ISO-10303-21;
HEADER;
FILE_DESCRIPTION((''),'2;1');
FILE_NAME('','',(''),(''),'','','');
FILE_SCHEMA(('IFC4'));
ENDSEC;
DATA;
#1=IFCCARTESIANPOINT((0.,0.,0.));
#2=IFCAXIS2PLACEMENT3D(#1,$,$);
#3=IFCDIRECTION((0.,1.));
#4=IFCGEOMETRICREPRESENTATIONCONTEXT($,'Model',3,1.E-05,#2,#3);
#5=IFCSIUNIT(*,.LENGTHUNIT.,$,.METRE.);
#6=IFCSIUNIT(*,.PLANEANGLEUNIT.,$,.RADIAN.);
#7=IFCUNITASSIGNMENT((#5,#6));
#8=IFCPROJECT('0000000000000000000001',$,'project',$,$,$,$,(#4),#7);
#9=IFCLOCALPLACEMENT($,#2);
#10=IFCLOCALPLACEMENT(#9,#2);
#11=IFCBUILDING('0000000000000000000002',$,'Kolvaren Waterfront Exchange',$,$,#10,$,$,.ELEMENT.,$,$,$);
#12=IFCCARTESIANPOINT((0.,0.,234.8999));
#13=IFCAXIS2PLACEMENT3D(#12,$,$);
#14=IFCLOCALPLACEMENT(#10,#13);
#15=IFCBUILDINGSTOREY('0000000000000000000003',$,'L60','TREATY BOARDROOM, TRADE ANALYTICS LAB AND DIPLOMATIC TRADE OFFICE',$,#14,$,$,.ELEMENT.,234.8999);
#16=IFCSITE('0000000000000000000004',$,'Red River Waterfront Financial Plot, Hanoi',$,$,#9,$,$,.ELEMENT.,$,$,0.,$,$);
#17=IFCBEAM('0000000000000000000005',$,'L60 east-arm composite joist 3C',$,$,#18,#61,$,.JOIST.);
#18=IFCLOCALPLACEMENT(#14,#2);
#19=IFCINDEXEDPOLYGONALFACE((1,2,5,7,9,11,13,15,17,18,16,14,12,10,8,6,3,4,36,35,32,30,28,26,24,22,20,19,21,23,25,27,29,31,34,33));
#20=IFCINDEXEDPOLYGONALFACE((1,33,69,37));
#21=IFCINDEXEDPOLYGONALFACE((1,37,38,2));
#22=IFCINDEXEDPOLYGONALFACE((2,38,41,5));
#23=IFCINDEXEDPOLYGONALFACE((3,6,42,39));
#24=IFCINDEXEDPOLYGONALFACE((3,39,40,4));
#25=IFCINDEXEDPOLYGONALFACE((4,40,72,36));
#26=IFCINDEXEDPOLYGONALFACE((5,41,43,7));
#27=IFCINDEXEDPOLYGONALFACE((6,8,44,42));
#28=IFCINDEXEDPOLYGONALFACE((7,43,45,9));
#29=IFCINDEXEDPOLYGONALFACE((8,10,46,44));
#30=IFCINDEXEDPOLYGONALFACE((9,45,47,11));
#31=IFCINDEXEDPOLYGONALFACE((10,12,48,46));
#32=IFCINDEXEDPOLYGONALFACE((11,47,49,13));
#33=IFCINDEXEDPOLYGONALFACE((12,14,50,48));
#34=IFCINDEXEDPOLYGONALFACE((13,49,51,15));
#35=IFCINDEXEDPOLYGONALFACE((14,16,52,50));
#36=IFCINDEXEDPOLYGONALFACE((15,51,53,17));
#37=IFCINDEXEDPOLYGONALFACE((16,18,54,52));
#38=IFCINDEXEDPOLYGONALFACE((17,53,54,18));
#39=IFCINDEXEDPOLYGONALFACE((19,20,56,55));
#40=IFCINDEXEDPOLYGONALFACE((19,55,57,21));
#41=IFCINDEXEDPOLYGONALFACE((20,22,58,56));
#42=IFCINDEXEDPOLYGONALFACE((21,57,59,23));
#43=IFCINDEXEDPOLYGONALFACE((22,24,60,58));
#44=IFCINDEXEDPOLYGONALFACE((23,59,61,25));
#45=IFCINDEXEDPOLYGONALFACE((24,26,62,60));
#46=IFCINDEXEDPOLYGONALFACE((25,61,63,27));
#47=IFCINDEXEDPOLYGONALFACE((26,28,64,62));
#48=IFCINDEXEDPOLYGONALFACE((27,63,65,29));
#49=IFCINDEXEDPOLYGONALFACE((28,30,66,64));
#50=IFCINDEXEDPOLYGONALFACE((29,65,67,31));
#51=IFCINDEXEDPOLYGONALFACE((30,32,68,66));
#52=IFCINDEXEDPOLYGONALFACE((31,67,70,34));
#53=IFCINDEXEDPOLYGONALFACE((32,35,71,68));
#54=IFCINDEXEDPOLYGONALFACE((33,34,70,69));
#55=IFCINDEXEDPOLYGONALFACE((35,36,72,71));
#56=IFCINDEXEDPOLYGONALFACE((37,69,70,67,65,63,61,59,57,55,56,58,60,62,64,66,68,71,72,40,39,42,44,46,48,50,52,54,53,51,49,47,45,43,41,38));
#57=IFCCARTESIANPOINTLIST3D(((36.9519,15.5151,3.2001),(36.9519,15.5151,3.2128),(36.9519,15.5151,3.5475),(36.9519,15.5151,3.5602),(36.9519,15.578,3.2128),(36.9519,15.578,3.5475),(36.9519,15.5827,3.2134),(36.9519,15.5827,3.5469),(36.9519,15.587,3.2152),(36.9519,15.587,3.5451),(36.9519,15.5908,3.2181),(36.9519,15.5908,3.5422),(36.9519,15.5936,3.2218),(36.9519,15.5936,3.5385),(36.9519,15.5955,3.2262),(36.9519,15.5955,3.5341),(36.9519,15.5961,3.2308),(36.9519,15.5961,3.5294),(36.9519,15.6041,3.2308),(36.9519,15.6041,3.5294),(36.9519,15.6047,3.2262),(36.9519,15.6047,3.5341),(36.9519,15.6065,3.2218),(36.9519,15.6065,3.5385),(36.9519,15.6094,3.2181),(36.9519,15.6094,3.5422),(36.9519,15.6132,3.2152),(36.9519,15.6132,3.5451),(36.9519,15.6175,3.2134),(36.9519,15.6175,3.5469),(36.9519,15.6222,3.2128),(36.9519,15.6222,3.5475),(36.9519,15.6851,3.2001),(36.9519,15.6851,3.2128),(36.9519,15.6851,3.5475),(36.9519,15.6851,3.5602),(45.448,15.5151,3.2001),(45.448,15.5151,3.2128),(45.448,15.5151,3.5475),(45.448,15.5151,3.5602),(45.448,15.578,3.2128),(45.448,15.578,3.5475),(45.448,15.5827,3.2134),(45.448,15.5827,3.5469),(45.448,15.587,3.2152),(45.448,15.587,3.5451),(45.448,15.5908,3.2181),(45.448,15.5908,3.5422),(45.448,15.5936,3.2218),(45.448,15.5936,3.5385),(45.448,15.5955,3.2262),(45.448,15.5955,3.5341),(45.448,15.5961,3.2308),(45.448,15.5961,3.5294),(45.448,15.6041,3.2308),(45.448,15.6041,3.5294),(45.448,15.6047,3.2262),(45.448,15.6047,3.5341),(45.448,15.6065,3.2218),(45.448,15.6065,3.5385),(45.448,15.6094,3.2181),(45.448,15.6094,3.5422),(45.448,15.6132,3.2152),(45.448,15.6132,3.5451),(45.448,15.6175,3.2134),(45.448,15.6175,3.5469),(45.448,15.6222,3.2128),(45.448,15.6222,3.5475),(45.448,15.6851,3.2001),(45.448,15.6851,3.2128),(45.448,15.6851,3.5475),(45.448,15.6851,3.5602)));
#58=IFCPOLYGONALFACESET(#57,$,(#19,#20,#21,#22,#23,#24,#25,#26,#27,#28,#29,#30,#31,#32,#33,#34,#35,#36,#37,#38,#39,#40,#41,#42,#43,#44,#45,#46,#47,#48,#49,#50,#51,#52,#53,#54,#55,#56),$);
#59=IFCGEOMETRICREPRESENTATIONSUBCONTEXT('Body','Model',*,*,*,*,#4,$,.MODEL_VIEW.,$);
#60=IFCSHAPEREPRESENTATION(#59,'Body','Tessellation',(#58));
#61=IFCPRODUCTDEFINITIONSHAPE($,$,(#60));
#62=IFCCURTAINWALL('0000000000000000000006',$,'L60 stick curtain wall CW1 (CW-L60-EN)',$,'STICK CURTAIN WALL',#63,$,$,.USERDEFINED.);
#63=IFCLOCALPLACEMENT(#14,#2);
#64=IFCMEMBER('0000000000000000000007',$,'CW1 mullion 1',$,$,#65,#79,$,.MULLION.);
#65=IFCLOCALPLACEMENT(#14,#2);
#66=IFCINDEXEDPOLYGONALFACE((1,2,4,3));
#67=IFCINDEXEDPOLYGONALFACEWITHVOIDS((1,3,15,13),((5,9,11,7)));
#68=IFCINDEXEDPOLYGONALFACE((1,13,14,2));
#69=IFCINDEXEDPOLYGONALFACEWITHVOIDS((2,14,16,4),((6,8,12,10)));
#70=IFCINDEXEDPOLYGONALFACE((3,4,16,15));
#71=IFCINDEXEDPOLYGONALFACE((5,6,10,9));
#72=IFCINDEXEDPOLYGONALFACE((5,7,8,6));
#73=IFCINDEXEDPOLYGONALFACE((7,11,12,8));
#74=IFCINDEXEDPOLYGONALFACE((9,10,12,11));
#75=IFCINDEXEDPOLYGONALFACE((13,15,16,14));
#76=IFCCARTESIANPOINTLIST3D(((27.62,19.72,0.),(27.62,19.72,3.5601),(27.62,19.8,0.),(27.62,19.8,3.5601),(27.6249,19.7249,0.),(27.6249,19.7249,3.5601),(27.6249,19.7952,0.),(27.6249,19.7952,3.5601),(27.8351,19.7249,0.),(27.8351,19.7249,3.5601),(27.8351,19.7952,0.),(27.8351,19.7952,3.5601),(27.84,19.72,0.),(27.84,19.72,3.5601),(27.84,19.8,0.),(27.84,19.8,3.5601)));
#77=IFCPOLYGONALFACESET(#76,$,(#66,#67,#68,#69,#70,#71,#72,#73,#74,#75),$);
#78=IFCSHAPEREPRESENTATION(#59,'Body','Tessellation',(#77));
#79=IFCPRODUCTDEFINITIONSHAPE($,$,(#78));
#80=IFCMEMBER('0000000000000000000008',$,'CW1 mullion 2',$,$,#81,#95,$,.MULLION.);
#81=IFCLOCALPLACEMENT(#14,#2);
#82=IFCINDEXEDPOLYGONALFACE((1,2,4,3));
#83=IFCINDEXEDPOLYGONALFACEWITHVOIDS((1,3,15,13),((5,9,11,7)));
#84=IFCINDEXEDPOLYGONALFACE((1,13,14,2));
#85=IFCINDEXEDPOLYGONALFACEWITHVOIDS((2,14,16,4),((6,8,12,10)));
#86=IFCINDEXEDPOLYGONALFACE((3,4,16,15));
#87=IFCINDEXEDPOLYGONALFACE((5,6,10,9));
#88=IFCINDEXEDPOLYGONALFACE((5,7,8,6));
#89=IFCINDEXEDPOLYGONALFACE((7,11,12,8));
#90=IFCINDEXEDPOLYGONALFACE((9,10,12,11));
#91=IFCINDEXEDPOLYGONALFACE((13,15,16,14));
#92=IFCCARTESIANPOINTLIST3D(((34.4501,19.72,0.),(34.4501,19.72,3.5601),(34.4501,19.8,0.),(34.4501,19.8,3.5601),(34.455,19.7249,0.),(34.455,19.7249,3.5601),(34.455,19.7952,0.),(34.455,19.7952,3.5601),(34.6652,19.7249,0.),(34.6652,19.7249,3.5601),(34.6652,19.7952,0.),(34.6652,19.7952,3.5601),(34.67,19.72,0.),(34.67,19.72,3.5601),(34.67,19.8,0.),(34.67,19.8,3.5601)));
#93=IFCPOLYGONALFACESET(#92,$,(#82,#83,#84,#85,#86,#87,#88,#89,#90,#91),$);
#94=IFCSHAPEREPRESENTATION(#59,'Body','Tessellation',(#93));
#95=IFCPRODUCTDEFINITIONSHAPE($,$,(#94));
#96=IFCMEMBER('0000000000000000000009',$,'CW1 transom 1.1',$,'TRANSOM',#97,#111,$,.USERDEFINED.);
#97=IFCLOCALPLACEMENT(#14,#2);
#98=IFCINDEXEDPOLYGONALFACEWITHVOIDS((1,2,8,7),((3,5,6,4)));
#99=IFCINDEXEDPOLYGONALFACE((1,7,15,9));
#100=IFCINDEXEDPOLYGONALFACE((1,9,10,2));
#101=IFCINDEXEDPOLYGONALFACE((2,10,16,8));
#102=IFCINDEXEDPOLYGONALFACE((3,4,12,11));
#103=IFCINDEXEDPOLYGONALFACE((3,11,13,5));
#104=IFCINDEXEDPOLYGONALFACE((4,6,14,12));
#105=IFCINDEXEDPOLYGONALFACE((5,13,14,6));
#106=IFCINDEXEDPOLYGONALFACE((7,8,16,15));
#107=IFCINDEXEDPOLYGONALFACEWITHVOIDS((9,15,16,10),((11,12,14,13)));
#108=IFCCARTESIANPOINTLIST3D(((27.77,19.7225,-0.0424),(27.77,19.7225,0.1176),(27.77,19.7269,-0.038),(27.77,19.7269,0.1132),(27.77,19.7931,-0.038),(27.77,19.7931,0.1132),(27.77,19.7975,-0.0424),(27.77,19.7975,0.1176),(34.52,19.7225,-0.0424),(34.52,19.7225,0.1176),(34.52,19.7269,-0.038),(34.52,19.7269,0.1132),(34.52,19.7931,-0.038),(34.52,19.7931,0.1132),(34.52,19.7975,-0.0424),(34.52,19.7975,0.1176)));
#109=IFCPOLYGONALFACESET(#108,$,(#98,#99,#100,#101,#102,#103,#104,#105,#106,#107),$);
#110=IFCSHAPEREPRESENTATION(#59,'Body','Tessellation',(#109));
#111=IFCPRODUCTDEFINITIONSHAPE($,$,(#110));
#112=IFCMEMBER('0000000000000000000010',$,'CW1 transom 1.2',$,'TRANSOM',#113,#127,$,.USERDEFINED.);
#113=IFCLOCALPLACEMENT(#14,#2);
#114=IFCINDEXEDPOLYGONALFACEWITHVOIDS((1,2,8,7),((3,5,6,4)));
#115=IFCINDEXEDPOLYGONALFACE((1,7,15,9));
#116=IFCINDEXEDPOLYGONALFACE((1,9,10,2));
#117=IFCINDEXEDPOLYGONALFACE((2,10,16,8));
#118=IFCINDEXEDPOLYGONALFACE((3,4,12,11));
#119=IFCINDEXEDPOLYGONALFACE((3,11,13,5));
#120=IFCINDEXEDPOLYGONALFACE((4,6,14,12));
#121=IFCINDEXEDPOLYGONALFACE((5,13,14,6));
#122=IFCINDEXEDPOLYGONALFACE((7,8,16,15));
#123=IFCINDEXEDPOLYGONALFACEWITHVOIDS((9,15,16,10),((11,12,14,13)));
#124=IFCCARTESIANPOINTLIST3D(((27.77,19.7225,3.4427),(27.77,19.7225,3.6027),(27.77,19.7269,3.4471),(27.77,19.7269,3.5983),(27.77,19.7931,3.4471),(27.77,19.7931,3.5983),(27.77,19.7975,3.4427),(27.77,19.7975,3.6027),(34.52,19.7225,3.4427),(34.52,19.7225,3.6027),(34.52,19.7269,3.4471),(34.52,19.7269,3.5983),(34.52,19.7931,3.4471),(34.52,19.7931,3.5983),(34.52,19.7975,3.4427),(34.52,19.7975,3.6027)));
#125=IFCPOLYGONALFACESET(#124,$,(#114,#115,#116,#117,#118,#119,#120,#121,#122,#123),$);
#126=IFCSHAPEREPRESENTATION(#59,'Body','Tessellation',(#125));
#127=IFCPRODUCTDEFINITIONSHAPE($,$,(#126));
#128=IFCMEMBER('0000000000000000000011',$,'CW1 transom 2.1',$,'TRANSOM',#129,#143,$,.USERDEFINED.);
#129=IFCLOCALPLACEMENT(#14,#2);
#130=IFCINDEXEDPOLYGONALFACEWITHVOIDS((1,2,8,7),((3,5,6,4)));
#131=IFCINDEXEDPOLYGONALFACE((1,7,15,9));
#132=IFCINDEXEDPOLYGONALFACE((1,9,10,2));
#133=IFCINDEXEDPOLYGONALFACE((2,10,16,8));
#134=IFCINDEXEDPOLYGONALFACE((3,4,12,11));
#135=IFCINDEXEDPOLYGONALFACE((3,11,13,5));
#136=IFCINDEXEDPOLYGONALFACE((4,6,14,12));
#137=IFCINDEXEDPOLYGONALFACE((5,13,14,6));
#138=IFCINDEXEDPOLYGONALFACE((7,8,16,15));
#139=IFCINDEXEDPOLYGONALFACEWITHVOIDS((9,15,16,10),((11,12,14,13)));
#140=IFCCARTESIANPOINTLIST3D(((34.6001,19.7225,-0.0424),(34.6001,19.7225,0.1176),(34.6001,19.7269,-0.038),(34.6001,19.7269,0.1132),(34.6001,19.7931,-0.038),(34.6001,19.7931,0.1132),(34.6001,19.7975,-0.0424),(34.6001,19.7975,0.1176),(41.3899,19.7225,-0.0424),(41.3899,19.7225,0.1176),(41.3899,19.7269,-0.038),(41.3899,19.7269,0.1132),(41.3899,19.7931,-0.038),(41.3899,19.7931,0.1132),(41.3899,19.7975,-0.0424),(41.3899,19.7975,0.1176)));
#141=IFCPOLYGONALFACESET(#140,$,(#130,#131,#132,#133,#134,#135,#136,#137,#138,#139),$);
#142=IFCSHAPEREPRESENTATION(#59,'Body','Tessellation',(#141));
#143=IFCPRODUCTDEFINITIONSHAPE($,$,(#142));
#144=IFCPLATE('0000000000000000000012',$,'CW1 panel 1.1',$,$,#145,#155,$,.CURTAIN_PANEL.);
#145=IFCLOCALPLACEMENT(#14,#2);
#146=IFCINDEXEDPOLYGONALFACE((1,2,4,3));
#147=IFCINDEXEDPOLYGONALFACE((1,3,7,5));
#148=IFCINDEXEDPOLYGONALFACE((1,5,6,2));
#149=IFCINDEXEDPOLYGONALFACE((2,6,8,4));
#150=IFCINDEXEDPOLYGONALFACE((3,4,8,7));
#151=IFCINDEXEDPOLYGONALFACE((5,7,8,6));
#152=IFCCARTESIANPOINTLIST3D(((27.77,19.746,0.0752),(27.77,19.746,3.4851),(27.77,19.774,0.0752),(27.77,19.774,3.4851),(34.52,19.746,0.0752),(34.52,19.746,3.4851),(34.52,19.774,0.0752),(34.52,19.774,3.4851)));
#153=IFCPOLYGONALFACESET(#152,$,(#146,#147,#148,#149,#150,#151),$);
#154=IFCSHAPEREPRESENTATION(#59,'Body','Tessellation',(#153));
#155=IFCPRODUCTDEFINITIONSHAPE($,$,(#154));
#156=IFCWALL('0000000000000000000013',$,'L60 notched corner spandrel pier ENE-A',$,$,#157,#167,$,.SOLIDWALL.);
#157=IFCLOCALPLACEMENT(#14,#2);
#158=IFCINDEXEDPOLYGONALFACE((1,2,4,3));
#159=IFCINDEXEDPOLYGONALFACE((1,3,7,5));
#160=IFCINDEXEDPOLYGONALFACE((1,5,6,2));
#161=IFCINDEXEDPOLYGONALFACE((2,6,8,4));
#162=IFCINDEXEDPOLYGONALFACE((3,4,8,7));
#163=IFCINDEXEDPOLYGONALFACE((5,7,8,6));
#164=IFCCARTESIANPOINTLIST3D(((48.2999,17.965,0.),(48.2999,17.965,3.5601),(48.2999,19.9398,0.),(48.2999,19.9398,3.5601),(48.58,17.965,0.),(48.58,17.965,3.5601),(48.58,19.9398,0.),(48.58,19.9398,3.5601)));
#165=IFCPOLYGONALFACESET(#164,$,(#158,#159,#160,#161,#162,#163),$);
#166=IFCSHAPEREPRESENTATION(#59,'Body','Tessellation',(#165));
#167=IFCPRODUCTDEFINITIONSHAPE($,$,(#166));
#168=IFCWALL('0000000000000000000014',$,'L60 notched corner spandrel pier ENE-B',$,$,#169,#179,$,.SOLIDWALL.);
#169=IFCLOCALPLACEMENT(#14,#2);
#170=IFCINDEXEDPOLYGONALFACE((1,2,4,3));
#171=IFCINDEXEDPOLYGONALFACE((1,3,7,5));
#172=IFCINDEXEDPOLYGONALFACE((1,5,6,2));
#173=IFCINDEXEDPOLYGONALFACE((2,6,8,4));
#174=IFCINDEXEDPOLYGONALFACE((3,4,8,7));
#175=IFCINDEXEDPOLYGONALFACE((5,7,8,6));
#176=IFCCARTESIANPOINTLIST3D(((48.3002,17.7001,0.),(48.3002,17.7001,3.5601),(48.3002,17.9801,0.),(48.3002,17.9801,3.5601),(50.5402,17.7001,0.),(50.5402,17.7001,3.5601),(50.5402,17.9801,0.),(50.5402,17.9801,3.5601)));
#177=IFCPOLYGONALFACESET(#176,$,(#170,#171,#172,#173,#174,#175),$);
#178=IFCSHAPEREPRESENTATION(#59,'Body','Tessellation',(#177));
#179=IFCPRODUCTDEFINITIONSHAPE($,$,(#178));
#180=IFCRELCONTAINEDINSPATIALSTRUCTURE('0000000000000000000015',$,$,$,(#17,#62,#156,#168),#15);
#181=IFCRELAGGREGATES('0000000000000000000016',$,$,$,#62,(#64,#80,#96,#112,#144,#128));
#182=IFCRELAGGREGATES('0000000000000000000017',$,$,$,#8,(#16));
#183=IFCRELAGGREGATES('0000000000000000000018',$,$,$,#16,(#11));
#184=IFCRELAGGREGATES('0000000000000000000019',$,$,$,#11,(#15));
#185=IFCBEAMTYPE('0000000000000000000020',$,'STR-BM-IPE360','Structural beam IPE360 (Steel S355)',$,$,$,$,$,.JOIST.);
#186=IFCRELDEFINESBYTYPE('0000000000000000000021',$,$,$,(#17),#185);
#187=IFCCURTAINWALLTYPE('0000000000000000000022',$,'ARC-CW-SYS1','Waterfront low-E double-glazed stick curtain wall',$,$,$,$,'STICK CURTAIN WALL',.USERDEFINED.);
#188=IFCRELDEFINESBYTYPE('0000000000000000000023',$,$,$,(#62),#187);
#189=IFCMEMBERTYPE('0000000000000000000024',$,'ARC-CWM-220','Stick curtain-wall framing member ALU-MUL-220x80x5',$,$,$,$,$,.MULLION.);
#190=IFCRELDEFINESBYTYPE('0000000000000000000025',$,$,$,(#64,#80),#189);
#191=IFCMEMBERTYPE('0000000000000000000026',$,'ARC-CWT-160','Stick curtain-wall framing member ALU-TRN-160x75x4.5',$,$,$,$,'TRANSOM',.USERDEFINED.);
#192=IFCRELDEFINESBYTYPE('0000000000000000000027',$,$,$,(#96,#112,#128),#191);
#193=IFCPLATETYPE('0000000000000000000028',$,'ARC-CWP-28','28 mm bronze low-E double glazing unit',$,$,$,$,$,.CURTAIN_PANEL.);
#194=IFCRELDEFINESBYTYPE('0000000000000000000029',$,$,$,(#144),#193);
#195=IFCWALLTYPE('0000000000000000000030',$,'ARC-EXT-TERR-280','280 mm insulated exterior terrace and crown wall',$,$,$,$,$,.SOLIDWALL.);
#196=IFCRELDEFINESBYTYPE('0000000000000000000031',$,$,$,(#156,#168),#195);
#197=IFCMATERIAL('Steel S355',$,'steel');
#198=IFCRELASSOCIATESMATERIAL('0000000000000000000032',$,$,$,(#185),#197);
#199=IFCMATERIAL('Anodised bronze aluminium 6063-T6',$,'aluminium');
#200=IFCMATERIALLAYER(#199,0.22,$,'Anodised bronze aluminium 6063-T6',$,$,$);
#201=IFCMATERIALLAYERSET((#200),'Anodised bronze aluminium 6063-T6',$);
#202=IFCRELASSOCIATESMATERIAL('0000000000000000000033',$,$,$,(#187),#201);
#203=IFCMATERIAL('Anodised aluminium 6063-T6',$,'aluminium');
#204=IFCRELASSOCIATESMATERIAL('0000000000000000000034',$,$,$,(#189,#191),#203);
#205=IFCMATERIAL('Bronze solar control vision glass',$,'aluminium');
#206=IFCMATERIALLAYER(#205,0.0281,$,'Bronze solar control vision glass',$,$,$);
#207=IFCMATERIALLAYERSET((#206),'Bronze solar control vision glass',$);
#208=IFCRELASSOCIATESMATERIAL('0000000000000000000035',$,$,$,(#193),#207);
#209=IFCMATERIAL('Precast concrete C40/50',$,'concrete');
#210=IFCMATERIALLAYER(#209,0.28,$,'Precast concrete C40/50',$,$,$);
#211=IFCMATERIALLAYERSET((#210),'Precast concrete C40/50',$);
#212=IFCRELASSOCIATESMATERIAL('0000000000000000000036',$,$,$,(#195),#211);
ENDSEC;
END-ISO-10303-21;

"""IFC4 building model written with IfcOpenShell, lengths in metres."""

from ifc_helpers import new_model, si_unit, direction, frame, frame_2d, origin, origin_with_axes, origin_2d, place, context, subcontext, project, spatial, rectangle, hollow_rectangle, i_section, extrude, source, transform, mapped, material, layer, layer_set, material_profile, profile_set, type_object, element, aggregate, save


model = new_model("IFC4")

# Units and contexts
model_context = context("Model", 3, precision=1e-05, world=origin(), true_north=direction((0.0, 1.0)))
body_context = subcontext(model_context, "Body", "Model", "MODEL_VIEW")
ifc_project = project(units=[si_unit("LENGTHUNIT", "METRE"), si_unit("PLANEANGLEUNIT", "RADIAN")], contexts=[model_context])

# Site, building, storey
site_placement = place(None, origin())
site = spatial("IfcSite", under=ifc_project, at=site_placement, Name="Red River Waterfront Financial Plot, Hanoi", CompositionType="ELEMENT", RefElevation=0.0)
building_placement = place(site_placement, origin())
building = spatial("IfcBuilding", under=site, at=building_placement, Name="Kolvaren Waterfront Exchange", CompositionType="ELEMENT")
storey_placement = place(building_placement, frame((0.0, 0.0, 234.8999)))
storey = spatial("IfcBuildingStorey", under=building, at=storey_placement, Name="L60", Description="TREATY BOARDROOM, TRADE ANALYTICS LAB AND DIPLOMATIC TRADE OFFICE", CompositionType="ELEMENT", Elevation=234.8999)

# Beam
ifc_material_1 = material(Name="Steel S355", Category="steel")
ifc_material_profile_1 = material_profile(ifc_material_1, i_section(OverallWidth=0.1699, OverallDepth=0.3601, WebThickness=0.0081, FlangeThickness=0.0127, FilletRadius=0.0181, at=origin_2d()), Name="IPE360")
ifc_profile_set_1 = profile_set([ifc_material_profile_1], Name="Steel S355")
beam_type_1 = type_object("IfcBeamType", Name="STR-BM-IPE360", Description="Structural beam IPE360 (Steel S355)", PredefinedType="JOIST", material=ifc_profile_set_1)
for number, where, z_axis, x_axis, name in (
    (1, (36.9519, 15.6001, 3.3801), (1.0, 0.0, 0.0), (0.0, 1.0, 0.0), "L60 east-arm composite joist 3C"),
):
    element("IfcBeam", number, at=place(storey_placement, frame(where, z_axis=z_axis, x_axis=x_axis)), inside=storey, type_object=beam_type_1, Name=name, PredefinedType="JOIST", context=body_context, shape_type="SweptSolid", body=[
        extrude(i_section(OverallWidth=0.1699, OverallDepth=0.3601, WebThickness=0.0081, FlangeThickness=0.0127, FilletRadius=0.0181, at=origin_2d()), origin(), (0.0, 0.0, 1.0), 8.4961),
    ])

# Curtain wall, members, plate
ifc_material_2 = material(Name="Anodised bronze aluminium 6063-T6", Category="aluminium")
ifc_layer_1 = layer(ifc_material_2, 0.22, Name="Anodised bronze aluminium 6063-T6")
ifc_layer_set_1 = layer_set([ifc_layer_1], Name="Anodised bronze aluminium 6063-T6")
curtain_wall_type = type_object("IfcCurtainWallType", Name="ARC-CW-SYS1", Description="Waterfront low-E double-glazed stick curtain wall", ElementType="STICK CURTAIN WALL", PredefinedType="USERDEFINED", material=ifc_layer_set_1)
curtain_wall_placement = place(storey_placement, origin())
curtain_wall = element("IfcCurtainWall", 2, at=curtain_wall_placement, inside=storey, type_object=curtain_wall_type, Name="L60 stick curtain wall CW1 (CW-L60-EN)", ObjectType="STICK CURTAIN WALL", PredefinedType="USERDEFINED")
ifc_material_3 = material(Name="Anodised aluminium 6063-T6", Category="aluminium")
ifc_material_profile_2 = material_profile(ifc_material_3, hollow_rectangle(XDim=0.0801, YDim=0.22, WallThickness=0.0049, at=origin_2d()), Name="ALU-MUL-220x80x5")
ifc_profile_set_2 = profile_set([ifc_material_profile_2], Name="Anodised aluminium 6063-T6")
member_type_1 = type_object("IfcMemberType", Name="ARC-CWM-220", Description="Stick curtain-wall framing member ALU-MUL-220x80x5", PredefinedType="MULLION", material=ifc_profile_set_2)
shared_shape_1 = source(origin_with_axes(), body_context, "Body", "SweptSolid", [
    extrude(hollow_rectangle(XDim=0.0801, YDim=0.22, WallThickness=0.0049, at=origin_2d()), origin(), (0.0, 0.0, 1.0), 3.5601),
])
member_1_placement = place(storey_placement, frame((27.73, 19.76, 0.0), z_axis=(0.0, 0.0, 1.0), x_axis=(0.0, 1.0, 0.0)))
member_1 = element("IfcMember", 3, at=member_1_placement, type_object=member_type_1, Name="CW1 mullion 1", PredefinedType="MULLION", context=body_context, shape_type="MappedRepresentation", body=[
    mapped(shared_shape_1, transform((0.0, 0.0, 0.0), x_axis=(1.0, 0.0, 0.0), y_axis=(0.0, 1.0, 0.0), z_axis=(0.0, 0.0, 1.0), scale=1.0)),
])
member_2_placement = place(storey_placement, frame((34.5601, 19.76, 0.0), z_axis=(0.0, 0.0, 1.0), x_axis=(0.0, 1.0, 0.0)))
member_2 = element("IfcMember", 4, at=member_2_placement, type_object=member_type_1, Name="CW1 mullion 2", PredefinedType="MULLION", context=body_context, shape_type="MappedRepresentation", body=[
    mapped(shared_shape_1, transform((0.0, 0.0, 0.0), x_axis=(1.0, 0.0, 0.0), y_axis=(0.0, 1.0, 0.0), z_axis=(0.0, 0.0, 1.0), scale=1.0)),
])
ifc_material_profile_3 = material_profile(ifc_material_3, hollow_rectangle(XDim=0.075, YDim=0.1599, WallThickness=0.0044, at=origin_2d()), Name="ALU-TRN-160x75x4.5")
ifc_profile_set_3 = profile_set([ifc_material_profile_3], Name="Anodised aluminium 6063-T6")
member_type_2 = type_object("IfcMemberType", Name="ARC-CWT-160", Description="Stick curtain-wall framing member ALU-TRN-160x75x4.5", ElementType="TRANSOM", PredefinedType="USERDEFINED", material=ifc_profile_set_3)
shared_shape_2 = source(origin_with_axes(), body_context, "Body", "SweptSolid", [
    extrude(hollow_rectangle(XDim=0.075, YDim=0.1599, WallThickness=0.0044, at=origin_2d()), origin(), (0.0, 0.0, 1.0), 6.75),
])
member_3_placement = place(storey_placement, frame((27.77, 19.76, 0.0376), z_axis=(1.0, 0.0, 0.0), x_axis=(0.0, 1.0, 0.0)))
member_3 = element("IfcMember", 5, at=member_3_placement, type_object=member_type_2, Name="CW1 transom 1.1", ObjectType="TRANSOM", PredefinedType="USERDEFINED", context=body_context, shape_type="MappedRepresentation", body=[
    mapped(shared_shape_2, transform((0.0, 0.0, 0.0), x_axis=(1.0, 0.0, 0.0), y_axis=(0.0, 1.0, 0.0), z_axis=(0.0, 0.0, 1.0), scale=1.0)),
])
member_4_placement = place(storey_placement, frame((27.77, 19.76, 3.5227), z_axis=(1.0, 0.0, 0.0), x_axis=(0.0, 1.0, 0.0)))
member_4 = element("IfcMember", 6, at=member_4_placement, type_object=member_type_2, Name="CW1 transom 1.2", ObjectType="TRANSOM", PredefinedType="USERDEFINED", context=body_context, shape_type="MappedRepresentation", body=[
    mapped(shared_shape_2, transform((0.0, 0.0, 0.0), x_axis=(1.0, 0.0, 0.0), y_axis=(0.0, 1.0, 0.0), z_axis=(0.0, 0.0, 1.0), scale=1.0)),
])
shared_shape_3 = source(origin_with_axes(), body_context, "Body", "SweptSolid", [
    extrude(hollow_rectangle(XDim=0.075, YDim=0.1599, WallThickness=0.0044, at=origin_2d()), origin(), (0.0, 0.0, 1.0), 6.7898),
])
member_5_placement = place(storey_placement, frame((34.6001, 19.76, 0.0376), z_axis=(1.0, 0.0, 0.0), x_axis=(0.0, 1.0, 0.0)))
member_5 = element("IfcMember", 7, at=member_5_placement, type_object=member_type_2, Name="CW1 transom 2.1", ObjectType="TRANSOM", PredefinedType="USERDEFINED", context=body_context, shape_type="MappedRepresentation", body=[
    mapped(shared_shape_3, transform((0.0, 0.0, 0.0), x_axis=(1.0, 0.0, 0.0), y_axis=(0.0, 1.0, 0.0), z_axis=(0.0, 0.0, 1.0), scale=1.0)),
])
ifc_material_4 = material(Name="Bronze solar control vision glass", Category="aluminium")
ifc_layer_2 = layer(ifc_material_4, 0.0281, Name="Bronze solar control vision glass")
ifc_layer_set_2 = layer_set([ifc_layer_2], Name="Bronze solar control vision glass")
plate_type = type_object("IfcPlateType", Name="ARC-CWP-28", Description="28 mm bronze low-E double glazing unit", PredefinedType="CURTAIN_PANEL", material=ifc_layer_set_2)
shared_shape_4 = source(origin_with_axes(), body_context, "Body", "SweptSolid", [
    extrude(rectangle(XDim=6.75, YDim=0.0281, at=origin_2d()), origin(), (0.0, 0.0, 1.0), 3.4099),
])
plate_placement = place(storey_placement, frame((31.145, 19.76, 0.0752), z_axis=(0.0, 0.0, 1.0), x_axis=(1.0, 0.0, 0.0)))
plate = element("IfcPlate", 8, at=plate_placement, type_object=plate_type, Name="CW1 panel 1.1", PredefinedType="CURTAIN_PANEL", context=body_context, shape_type="MappedRepresentation", body=[
    mapped(shared_shape_4, transform((0.0, 0.0, 0.0), x_axis=(1.0, 0.0, 0.0), y_axis=(0.0, 1.0, 0.0), z_axis=(0.0, 0.0, 1.0), scale=1.0)),
])
aggregate(curtain_wall, [member_1, member_2, member_3, member_4, plate, member_5])

# Walls
ifc_material_5 = material(Name="Precast concrete C40/50", Category="concrete")
ifc_layer_3 = layer(ifc_material_5, 0.28, Name="Precast concrete C40/50")
ifc_layer_set_3 = layer_set([ifc_layer_3], Name="Precast concrete C40/50")
wall_type_1 = type_object("IfcWallType", Name="ARC-EXT-TERR-280", Description="280 mm insulated exterior terrace and crown wall", PredefinedType="SOLIDWALL", material=ifc_layer_set_3)
wall_1_placement = place(storey_placement, frame((48.4399, 17.9651, 0.0), z_axis=(0.0, 0.0, 1.0), x_axis=(0.0, 1.0, 0.0)))
element("IfcWall", 9, at=wall_1_placement, inside=storey, type_object=wall_type_1, Name="L60 notched corner spandrel pier ENE-A", PredefinedType="SOLIDWALL", context=body_context, shape_type="SweptSolid", body=[
    extrude(rectangle(XDim=1.9749, YDim=0.28, at=frame_2d((0.9873, 0.0))), origin(), (0.0, 0.0, 1.0), 3.5601),
])
wall_2_placement = place(storey_placement, frame((48.3, 17.8401, 0.0), z_axis=(0.0, 0.0, 1.0), x_axis=(1.0, 0.0, 0.0)))
element("IfcWall", 10, at=wall_2_placement, inside=storey, type_object=wall_type_1, Name="L60 notched corner spandrel pier ENE-B", PredefinedType="SOLIDWALL", context=body_context, shape_type="SweptSolid", body=[
    extrude(rectangle(XDim=2.24, YDim=0.28, at=frame_2d((1.1201, 0.0))), origin(), (0.0, 0.0, 1.0), 3.5601),
])

save(model, "model.ifc")
